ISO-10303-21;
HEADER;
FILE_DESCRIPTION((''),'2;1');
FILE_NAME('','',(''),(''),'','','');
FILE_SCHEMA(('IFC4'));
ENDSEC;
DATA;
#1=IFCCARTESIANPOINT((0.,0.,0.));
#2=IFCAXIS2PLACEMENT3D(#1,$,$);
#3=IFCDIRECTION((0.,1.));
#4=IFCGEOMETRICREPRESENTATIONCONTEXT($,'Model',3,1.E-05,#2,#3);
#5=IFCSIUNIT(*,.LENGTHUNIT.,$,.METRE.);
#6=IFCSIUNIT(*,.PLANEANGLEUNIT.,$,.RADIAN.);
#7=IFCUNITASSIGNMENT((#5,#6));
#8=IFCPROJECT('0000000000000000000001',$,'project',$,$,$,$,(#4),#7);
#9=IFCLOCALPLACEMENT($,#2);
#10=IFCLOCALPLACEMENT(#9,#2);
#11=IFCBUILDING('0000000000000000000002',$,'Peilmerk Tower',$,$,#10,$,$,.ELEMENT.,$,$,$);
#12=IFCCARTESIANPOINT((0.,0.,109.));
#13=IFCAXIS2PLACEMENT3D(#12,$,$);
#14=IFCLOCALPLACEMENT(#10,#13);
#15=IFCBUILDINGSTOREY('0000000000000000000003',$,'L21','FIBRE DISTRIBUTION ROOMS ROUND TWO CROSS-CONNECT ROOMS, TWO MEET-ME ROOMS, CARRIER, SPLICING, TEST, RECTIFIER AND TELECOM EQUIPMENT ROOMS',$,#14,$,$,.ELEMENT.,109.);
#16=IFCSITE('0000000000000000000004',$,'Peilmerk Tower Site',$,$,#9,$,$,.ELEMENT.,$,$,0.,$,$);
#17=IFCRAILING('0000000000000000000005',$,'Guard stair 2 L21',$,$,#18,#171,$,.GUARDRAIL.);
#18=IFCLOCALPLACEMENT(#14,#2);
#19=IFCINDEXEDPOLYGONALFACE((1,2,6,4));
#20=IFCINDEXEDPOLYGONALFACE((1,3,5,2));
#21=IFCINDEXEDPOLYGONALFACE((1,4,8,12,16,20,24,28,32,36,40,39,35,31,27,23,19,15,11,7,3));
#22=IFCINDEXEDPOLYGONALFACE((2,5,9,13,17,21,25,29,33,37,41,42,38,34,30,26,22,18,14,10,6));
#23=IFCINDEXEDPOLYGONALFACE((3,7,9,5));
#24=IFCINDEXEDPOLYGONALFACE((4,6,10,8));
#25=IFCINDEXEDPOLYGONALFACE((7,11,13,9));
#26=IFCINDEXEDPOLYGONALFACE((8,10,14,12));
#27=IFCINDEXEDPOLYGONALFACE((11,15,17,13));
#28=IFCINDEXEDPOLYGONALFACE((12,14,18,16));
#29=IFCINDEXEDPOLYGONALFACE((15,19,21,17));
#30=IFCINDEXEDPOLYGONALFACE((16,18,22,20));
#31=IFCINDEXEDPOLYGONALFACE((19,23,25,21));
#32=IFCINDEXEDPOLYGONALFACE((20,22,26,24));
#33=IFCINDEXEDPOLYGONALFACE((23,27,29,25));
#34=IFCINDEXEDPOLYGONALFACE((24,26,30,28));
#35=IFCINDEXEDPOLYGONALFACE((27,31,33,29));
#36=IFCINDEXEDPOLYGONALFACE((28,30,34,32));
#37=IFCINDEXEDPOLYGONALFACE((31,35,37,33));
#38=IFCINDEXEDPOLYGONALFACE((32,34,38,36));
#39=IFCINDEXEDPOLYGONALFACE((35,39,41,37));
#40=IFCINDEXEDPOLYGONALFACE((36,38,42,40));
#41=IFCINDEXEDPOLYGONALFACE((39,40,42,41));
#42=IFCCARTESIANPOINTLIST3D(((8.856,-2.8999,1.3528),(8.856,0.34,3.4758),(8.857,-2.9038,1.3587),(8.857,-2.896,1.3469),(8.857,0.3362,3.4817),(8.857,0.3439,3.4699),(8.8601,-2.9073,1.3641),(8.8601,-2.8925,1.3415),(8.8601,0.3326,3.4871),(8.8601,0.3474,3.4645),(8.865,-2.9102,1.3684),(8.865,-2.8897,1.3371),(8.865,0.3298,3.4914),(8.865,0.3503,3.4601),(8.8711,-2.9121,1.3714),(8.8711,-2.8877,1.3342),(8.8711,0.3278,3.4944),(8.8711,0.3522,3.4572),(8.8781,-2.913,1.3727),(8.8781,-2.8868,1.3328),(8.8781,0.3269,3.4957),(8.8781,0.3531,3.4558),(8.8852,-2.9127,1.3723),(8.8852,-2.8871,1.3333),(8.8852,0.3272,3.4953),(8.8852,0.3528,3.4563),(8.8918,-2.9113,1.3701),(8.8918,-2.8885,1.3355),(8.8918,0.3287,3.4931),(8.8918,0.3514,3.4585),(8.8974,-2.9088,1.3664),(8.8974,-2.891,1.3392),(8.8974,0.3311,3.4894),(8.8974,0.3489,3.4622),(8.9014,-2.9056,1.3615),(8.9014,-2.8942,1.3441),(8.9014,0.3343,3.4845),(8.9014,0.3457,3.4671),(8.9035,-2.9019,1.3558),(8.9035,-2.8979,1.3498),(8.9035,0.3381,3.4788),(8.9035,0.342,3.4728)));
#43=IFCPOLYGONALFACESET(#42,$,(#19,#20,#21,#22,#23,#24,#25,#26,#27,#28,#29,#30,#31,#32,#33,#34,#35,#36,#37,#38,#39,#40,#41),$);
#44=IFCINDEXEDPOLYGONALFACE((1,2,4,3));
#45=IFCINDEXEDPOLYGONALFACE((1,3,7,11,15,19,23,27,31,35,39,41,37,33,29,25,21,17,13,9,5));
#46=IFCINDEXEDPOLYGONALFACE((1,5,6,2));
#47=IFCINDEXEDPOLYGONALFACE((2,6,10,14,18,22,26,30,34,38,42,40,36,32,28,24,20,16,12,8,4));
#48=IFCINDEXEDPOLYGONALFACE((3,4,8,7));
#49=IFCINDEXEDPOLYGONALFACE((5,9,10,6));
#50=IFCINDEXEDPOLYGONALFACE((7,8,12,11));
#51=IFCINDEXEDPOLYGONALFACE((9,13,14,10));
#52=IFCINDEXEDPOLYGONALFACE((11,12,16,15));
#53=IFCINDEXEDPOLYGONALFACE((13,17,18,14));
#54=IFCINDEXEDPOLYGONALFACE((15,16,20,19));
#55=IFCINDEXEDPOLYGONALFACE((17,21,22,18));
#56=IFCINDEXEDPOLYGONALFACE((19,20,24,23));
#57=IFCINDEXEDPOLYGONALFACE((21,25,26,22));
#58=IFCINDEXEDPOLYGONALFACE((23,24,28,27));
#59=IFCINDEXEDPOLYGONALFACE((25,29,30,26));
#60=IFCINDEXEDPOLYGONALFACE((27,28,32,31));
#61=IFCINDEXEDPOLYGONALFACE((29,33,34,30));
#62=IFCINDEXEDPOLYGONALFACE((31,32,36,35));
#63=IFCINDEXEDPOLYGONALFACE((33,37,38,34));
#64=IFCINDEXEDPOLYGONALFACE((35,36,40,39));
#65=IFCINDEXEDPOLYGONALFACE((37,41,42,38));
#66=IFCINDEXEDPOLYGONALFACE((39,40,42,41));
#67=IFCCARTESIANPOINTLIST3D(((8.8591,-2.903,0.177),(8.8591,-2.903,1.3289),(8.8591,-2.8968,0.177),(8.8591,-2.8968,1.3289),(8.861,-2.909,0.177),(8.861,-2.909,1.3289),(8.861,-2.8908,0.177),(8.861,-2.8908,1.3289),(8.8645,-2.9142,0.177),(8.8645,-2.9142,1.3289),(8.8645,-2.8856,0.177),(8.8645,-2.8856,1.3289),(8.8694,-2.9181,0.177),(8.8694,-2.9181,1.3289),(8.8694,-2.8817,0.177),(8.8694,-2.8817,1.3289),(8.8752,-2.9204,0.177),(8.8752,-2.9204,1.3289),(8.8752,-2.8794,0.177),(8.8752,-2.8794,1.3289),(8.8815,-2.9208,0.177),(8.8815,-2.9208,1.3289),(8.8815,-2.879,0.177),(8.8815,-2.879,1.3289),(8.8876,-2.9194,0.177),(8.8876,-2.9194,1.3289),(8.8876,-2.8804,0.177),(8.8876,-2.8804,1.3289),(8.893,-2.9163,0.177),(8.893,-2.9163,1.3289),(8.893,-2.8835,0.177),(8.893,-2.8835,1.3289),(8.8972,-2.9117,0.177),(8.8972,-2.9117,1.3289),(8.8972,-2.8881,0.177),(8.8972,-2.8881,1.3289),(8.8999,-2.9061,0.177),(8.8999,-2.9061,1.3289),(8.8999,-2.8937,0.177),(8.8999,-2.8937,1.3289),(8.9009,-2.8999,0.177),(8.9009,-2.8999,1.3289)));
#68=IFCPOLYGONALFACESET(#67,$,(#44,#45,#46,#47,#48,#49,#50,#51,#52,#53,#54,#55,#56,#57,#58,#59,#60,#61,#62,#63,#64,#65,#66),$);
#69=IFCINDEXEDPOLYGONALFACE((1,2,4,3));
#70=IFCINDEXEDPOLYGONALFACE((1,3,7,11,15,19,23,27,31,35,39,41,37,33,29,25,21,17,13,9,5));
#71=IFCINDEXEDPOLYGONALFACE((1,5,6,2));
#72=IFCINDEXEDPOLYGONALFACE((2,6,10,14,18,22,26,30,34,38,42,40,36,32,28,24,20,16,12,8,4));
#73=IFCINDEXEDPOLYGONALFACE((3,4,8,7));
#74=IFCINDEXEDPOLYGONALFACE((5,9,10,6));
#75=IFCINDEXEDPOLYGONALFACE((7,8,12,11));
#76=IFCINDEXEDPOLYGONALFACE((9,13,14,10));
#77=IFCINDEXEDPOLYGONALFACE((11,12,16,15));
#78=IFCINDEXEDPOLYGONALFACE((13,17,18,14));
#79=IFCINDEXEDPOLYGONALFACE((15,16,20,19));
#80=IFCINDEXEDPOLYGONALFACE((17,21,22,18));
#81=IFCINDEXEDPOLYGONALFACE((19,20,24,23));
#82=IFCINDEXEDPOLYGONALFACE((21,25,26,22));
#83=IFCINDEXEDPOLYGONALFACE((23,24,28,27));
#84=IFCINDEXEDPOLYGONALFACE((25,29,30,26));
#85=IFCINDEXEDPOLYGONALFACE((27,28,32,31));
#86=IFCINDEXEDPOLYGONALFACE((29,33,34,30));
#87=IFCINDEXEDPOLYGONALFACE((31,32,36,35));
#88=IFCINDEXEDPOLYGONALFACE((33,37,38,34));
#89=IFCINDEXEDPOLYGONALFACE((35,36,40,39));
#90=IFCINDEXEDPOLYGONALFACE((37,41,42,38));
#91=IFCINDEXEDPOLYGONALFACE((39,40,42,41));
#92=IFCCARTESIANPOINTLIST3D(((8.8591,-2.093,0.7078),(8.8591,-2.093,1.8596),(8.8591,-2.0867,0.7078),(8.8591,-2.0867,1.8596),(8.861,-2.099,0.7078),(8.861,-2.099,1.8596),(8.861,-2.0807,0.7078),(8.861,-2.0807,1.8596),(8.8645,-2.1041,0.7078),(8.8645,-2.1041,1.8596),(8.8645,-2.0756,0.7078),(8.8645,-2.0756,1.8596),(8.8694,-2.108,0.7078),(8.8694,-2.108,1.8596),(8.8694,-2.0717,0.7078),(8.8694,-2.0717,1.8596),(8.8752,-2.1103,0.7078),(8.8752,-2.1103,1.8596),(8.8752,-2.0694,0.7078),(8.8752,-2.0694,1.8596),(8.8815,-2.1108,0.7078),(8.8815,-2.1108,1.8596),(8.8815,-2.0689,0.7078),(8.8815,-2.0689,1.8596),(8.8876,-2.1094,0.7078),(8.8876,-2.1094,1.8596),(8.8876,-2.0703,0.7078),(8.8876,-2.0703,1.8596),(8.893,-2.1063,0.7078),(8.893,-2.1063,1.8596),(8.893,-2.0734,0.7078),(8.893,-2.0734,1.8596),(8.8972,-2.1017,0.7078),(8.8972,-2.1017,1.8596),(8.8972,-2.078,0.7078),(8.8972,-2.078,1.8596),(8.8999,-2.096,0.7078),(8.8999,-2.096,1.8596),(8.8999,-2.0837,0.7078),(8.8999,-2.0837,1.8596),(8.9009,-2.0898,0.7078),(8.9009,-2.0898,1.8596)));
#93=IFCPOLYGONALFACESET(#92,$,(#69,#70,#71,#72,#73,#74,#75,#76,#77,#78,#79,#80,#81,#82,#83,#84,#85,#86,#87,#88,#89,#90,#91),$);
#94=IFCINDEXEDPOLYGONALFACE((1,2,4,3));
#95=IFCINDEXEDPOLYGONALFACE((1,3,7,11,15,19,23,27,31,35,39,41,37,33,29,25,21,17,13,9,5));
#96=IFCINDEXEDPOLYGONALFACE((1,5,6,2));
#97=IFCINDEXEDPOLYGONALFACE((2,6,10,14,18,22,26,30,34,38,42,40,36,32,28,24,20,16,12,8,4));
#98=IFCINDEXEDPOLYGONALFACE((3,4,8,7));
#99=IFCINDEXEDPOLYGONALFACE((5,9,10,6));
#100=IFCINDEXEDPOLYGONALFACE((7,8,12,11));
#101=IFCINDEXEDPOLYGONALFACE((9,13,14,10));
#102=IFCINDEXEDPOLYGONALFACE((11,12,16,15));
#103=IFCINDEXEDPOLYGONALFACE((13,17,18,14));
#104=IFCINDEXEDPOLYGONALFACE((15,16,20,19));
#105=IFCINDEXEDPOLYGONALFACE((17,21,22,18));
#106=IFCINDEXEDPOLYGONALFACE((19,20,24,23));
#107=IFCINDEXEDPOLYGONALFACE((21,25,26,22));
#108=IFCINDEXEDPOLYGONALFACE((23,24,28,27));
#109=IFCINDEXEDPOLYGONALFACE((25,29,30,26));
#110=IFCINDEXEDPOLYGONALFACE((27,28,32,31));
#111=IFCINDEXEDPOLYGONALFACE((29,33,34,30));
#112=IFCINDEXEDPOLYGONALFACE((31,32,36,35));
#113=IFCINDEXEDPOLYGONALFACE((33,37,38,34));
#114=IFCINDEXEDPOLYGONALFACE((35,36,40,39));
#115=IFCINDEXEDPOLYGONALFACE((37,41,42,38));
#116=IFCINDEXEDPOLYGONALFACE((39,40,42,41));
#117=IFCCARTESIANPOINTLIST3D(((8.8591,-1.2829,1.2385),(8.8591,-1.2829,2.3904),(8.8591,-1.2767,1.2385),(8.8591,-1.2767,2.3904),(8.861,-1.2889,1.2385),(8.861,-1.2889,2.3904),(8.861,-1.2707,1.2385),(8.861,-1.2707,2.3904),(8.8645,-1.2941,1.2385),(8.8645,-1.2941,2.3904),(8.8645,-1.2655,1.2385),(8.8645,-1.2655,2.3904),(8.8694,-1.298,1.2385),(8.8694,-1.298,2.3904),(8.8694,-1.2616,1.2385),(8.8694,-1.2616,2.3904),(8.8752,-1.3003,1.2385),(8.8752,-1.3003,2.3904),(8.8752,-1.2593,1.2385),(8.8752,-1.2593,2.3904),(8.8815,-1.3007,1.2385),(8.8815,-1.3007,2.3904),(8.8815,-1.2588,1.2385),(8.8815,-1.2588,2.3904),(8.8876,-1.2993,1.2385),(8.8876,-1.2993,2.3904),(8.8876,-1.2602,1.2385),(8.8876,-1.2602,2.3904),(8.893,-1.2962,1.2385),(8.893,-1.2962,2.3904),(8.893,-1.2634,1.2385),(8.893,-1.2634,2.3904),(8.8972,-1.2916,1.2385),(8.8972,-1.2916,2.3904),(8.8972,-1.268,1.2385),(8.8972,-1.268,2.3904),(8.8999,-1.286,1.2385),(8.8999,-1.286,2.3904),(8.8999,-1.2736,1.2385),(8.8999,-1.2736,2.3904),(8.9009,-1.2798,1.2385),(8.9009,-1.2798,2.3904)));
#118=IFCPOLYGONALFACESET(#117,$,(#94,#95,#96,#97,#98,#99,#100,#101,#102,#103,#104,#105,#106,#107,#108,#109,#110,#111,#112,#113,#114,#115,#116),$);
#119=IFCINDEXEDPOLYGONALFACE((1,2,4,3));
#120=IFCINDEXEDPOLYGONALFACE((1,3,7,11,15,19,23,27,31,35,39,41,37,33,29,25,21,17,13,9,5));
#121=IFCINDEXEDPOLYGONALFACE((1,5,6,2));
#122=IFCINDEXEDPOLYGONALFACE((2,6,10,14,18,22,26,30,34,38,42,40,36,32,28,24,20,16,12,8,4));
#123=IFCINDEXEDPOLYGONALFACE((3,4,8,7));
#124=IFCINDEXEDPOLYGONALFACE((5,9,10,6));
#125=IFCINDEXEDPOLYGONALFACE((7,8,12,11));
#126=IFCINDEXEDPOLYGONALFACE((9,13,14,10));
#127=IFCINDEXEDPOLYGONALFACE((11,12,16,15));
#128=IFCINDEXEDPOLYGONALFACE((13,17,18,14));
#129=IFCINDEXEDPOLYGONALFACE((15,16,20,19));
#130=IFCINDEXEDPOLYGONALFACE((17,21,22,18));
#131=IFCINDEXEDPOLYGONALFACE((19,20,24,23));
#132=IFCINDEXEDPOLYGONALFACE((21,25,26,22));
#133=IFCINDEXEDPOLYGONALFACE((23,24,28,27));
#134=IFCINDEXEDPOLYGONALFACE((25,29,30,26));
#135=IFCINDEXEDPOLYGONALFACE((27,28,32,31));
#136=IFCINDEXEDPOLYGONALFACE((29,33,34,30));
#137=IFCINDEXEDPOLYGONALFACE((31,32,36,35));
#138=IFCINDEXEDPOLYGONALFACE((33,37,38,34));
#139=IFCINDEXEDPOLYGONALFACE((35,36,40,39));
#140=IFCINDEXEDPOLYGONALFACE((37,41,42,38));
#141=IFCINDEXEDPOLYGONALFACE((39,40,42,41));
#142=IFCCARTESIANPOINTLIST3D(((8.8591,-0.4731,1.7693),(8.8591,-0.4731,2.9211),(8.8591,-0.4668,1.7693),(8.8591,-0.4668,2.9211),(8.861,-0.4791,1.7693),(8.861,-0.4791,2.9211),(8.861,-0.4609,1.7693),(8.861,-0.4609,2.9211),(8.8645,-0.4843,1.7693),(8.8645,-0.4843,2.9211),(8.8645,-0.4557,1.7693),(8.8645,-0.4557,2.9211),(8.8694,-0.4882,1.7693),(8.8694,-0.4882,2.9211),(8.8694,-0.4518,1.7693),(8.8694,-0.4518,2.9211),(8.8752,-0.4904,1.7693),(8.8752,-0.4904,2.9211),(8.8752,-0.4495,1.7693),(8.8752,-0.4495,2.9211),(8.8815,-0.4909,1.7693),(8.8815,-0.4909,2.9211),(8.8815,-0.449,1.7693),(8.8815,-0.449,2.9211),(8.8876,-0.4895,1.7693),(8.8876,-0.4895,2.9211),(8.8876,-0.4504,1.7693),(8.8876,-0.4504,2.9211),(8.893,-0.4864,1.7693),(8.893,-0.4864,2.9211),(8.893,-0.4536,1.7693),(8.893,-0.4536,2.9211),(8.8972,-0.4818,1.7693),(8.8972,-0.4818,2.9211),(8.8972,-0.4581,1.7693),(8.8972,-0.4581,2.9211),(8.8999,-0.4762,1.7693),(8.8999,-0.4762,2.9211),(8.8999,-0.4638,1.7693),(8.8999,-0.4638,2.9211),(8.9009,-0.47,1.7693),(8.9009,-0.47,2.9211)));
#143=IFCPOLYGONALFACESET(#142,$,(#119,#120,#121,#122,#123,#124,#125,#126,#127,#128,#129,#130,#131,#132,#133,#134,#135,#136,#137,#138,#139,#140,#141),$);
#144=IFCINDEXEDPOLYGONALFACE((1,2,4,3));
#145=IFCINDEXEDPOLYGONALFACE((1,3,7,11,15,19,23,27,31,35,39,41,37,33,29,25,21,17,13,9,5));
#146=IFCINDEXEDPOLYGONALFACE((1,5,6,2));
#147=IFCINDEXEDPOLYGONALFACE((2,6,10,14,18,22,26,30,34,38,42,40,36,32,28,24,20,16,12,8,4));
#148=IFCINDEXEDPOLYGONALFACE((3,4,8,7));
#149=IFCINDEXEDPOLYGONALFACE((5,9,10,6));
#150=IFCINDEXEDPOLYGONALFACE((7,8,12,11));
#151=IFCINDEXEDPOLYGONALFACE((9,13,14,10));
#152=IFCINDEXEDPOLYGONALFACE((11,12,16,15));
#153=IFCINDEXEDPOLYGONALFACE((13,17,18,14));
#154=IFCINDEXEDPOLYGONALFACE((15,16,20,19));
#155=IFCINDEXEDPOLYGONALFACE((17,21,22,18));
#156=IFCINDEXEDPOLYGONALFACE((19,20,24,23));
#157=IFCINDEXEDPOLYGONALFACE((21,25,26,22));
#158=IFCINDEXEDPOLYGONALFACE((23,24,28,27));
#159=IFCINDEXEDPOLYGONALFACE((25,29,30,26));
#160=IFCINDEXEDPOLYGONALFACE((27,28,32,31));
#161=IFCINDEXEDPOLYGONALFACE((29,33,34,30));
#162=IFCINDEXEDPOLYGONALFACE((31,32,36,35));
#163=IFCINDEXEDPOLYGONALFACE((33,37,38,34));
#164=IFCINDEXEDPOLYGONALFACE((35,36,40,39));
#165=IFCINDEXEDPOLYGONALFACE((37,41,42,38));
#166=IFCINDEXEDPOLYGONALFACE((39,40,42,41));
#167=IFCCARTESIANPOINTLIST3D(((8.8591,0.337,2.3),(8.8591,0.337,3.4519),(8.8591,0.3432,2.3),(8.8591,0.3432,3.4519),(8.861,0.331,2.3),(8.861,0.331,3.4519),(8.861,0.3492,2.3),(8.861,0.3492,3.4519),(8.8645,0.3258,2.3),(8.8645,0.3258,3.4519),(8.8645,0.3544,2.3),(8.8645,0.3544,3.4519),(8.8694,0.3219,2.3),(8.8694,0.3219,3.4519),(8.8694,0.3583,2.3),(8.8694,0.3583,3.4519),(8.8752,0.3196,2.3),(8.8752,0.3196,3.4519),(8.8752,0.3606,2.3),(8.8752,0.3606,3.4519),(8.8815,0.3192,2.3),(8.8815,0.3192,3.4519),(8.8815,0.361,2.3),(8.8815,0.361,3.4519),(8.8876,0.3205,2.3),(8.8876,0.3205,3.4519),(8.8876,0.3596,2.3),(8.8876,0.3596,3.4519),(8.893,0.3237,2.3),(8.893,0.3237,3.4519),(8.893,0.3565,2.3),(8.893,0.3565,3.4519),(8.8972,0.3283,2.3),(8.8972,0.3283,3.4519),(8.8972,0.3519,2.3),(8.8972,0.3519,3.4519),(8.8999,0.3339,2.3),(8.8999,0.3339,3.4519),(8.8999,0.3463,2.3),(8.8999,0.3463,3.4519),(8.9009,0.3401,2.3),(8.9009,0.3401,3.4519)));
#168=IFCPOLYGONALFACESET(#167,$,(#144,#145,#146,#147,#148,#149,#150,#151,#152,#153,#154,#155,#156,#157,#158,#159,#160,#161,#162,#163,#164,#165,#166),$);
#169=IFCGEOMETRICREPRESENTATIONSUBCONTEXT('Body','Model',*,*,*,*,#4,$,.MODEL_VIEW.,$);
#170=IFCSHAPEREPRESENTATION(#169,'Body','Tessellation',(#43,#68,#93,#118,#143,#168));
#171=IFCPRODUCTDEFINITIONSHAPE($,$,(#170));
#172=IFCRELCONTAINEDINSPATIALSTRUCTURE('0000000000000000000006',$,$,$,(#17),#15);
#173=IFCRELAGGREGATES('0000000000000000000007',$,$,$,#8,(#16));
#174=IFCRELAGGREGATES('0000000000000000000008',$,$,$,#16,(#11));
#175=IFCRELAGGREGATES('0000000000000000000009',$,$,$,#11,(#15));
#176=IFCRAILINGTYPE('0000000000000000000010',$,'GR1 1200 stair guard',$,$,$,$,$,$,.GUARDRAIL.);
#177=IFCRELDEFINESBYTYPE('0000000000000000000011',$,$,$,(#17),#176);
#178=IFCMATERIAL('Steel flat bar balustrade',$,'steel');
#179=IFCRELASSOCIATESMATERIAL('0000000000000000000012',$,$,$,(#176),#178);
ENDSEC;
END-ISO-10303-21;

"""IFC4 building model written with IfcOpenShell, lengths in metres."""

from ifc_helpers import new_model, si_unit, direction, frame, origin, origin_2d, place, context, subcontext, project, spatial, circle, extrude, material, type_object, element, save


model = new_model("IFC4")

# Units and contexts
model_context = context("Model", 3, precision=1e-05, world=origin(), true_north=direction((0.0, 1.0)))
body_context = subcontext(model_context, "Body", "Model", "MODEL_VIEW")
ifc_project = project(units=[si_unit("LENGTHUNIT", "METRE"), si_unit("PLANEANGLEUNIT", "RADIAN")], contexts=[model_context])

# Site, building, storey
site_placement = place(None, origin())
site = spatial("IfcSite", under=ifc_project, at=site_placement, Name="Peilmerk Tower Site", CompositionType="ELEMENT", RefElevation=0.0)
building_placement = place(site_placement, origin())
building = spatial("IfcBuilding", under=site, at=building_placement, Name="Peilmerk Tower", CompositionType="ELEMENT")
storey_placement = place(building_placement, frame((0.0, 0.0, 109.0)))
storey = spatial("IfcBuildingStorey", under=building, at=storey_placement, Name="L21", Description="FIBRE DISTRIBUTION ROOMS ROUND TWO CROSS-CONNECT ROOMS, TWO MEET-ME ROOMS, CARRIER, SPLICING, TEST, RECTIFIER AND TELECOM EQUIPMENT ROOMS", CompositionType="ELEMENT", Elevation=109.0)

# Railing
ifc_material_1 = material(Name="Steel flat bar balustrade", Category="steel")
railing_type_1 = type_object("IfcRailingType", Name="GR1 1200 stair guard", PredefinedType="GUARDRAIL", material=ifc_material_1)
railing_1_placement = place(storey_placement, frame((8.8799, -2.8999, 0.177)))
element("IfcRailing", 1, at=railing_1_placement, inside=storey, type_object=railing_type_1, Name="Guard stair 2 L21", PredefinedType="GUARDRAIL", context=body_context, shape_type="SweptSolid", body=[
    extrude(circle(Radius=0.0239, at=origin_2d()), frame((0.0, 0.0, 1.1758), z_axis=(0.0, 0.836426, 0.548079), x_axis=(-1.0, 0.0, 0.0)), (0.0, 0.0, 1.0), 3.8735),
    extrude(circle(Radius=0.021, at=origin_2d()), origin(), (0.0, 0.0, 1.0), 1.1519),
    extrude(circle(Radius=0.021, at=origin_2d()), frame((0.0, 0.8101, 0.5308)), (0.0, 0.0, 1.0), 1.1519),
    extrude(circle(Radius=0.021, at=origin_2d()), frame((0.0, 1.6201, 1.0615)), (0.0, 0.0, 1.0), 1.1519),
    extrude(circle(Radius=0.021, at=origin_2d()), frame((0.0, 2.4299, 1.5923)), (0.0, 0.0, 1.0), 1.1519),
    extrude(circle(Radius=0.021, at=origin_2d()), frame((0.0, 3.24, 2.123)), (0.0, 0.0, 1.0), 1.1519),
])

save(model, "model.ifc")
